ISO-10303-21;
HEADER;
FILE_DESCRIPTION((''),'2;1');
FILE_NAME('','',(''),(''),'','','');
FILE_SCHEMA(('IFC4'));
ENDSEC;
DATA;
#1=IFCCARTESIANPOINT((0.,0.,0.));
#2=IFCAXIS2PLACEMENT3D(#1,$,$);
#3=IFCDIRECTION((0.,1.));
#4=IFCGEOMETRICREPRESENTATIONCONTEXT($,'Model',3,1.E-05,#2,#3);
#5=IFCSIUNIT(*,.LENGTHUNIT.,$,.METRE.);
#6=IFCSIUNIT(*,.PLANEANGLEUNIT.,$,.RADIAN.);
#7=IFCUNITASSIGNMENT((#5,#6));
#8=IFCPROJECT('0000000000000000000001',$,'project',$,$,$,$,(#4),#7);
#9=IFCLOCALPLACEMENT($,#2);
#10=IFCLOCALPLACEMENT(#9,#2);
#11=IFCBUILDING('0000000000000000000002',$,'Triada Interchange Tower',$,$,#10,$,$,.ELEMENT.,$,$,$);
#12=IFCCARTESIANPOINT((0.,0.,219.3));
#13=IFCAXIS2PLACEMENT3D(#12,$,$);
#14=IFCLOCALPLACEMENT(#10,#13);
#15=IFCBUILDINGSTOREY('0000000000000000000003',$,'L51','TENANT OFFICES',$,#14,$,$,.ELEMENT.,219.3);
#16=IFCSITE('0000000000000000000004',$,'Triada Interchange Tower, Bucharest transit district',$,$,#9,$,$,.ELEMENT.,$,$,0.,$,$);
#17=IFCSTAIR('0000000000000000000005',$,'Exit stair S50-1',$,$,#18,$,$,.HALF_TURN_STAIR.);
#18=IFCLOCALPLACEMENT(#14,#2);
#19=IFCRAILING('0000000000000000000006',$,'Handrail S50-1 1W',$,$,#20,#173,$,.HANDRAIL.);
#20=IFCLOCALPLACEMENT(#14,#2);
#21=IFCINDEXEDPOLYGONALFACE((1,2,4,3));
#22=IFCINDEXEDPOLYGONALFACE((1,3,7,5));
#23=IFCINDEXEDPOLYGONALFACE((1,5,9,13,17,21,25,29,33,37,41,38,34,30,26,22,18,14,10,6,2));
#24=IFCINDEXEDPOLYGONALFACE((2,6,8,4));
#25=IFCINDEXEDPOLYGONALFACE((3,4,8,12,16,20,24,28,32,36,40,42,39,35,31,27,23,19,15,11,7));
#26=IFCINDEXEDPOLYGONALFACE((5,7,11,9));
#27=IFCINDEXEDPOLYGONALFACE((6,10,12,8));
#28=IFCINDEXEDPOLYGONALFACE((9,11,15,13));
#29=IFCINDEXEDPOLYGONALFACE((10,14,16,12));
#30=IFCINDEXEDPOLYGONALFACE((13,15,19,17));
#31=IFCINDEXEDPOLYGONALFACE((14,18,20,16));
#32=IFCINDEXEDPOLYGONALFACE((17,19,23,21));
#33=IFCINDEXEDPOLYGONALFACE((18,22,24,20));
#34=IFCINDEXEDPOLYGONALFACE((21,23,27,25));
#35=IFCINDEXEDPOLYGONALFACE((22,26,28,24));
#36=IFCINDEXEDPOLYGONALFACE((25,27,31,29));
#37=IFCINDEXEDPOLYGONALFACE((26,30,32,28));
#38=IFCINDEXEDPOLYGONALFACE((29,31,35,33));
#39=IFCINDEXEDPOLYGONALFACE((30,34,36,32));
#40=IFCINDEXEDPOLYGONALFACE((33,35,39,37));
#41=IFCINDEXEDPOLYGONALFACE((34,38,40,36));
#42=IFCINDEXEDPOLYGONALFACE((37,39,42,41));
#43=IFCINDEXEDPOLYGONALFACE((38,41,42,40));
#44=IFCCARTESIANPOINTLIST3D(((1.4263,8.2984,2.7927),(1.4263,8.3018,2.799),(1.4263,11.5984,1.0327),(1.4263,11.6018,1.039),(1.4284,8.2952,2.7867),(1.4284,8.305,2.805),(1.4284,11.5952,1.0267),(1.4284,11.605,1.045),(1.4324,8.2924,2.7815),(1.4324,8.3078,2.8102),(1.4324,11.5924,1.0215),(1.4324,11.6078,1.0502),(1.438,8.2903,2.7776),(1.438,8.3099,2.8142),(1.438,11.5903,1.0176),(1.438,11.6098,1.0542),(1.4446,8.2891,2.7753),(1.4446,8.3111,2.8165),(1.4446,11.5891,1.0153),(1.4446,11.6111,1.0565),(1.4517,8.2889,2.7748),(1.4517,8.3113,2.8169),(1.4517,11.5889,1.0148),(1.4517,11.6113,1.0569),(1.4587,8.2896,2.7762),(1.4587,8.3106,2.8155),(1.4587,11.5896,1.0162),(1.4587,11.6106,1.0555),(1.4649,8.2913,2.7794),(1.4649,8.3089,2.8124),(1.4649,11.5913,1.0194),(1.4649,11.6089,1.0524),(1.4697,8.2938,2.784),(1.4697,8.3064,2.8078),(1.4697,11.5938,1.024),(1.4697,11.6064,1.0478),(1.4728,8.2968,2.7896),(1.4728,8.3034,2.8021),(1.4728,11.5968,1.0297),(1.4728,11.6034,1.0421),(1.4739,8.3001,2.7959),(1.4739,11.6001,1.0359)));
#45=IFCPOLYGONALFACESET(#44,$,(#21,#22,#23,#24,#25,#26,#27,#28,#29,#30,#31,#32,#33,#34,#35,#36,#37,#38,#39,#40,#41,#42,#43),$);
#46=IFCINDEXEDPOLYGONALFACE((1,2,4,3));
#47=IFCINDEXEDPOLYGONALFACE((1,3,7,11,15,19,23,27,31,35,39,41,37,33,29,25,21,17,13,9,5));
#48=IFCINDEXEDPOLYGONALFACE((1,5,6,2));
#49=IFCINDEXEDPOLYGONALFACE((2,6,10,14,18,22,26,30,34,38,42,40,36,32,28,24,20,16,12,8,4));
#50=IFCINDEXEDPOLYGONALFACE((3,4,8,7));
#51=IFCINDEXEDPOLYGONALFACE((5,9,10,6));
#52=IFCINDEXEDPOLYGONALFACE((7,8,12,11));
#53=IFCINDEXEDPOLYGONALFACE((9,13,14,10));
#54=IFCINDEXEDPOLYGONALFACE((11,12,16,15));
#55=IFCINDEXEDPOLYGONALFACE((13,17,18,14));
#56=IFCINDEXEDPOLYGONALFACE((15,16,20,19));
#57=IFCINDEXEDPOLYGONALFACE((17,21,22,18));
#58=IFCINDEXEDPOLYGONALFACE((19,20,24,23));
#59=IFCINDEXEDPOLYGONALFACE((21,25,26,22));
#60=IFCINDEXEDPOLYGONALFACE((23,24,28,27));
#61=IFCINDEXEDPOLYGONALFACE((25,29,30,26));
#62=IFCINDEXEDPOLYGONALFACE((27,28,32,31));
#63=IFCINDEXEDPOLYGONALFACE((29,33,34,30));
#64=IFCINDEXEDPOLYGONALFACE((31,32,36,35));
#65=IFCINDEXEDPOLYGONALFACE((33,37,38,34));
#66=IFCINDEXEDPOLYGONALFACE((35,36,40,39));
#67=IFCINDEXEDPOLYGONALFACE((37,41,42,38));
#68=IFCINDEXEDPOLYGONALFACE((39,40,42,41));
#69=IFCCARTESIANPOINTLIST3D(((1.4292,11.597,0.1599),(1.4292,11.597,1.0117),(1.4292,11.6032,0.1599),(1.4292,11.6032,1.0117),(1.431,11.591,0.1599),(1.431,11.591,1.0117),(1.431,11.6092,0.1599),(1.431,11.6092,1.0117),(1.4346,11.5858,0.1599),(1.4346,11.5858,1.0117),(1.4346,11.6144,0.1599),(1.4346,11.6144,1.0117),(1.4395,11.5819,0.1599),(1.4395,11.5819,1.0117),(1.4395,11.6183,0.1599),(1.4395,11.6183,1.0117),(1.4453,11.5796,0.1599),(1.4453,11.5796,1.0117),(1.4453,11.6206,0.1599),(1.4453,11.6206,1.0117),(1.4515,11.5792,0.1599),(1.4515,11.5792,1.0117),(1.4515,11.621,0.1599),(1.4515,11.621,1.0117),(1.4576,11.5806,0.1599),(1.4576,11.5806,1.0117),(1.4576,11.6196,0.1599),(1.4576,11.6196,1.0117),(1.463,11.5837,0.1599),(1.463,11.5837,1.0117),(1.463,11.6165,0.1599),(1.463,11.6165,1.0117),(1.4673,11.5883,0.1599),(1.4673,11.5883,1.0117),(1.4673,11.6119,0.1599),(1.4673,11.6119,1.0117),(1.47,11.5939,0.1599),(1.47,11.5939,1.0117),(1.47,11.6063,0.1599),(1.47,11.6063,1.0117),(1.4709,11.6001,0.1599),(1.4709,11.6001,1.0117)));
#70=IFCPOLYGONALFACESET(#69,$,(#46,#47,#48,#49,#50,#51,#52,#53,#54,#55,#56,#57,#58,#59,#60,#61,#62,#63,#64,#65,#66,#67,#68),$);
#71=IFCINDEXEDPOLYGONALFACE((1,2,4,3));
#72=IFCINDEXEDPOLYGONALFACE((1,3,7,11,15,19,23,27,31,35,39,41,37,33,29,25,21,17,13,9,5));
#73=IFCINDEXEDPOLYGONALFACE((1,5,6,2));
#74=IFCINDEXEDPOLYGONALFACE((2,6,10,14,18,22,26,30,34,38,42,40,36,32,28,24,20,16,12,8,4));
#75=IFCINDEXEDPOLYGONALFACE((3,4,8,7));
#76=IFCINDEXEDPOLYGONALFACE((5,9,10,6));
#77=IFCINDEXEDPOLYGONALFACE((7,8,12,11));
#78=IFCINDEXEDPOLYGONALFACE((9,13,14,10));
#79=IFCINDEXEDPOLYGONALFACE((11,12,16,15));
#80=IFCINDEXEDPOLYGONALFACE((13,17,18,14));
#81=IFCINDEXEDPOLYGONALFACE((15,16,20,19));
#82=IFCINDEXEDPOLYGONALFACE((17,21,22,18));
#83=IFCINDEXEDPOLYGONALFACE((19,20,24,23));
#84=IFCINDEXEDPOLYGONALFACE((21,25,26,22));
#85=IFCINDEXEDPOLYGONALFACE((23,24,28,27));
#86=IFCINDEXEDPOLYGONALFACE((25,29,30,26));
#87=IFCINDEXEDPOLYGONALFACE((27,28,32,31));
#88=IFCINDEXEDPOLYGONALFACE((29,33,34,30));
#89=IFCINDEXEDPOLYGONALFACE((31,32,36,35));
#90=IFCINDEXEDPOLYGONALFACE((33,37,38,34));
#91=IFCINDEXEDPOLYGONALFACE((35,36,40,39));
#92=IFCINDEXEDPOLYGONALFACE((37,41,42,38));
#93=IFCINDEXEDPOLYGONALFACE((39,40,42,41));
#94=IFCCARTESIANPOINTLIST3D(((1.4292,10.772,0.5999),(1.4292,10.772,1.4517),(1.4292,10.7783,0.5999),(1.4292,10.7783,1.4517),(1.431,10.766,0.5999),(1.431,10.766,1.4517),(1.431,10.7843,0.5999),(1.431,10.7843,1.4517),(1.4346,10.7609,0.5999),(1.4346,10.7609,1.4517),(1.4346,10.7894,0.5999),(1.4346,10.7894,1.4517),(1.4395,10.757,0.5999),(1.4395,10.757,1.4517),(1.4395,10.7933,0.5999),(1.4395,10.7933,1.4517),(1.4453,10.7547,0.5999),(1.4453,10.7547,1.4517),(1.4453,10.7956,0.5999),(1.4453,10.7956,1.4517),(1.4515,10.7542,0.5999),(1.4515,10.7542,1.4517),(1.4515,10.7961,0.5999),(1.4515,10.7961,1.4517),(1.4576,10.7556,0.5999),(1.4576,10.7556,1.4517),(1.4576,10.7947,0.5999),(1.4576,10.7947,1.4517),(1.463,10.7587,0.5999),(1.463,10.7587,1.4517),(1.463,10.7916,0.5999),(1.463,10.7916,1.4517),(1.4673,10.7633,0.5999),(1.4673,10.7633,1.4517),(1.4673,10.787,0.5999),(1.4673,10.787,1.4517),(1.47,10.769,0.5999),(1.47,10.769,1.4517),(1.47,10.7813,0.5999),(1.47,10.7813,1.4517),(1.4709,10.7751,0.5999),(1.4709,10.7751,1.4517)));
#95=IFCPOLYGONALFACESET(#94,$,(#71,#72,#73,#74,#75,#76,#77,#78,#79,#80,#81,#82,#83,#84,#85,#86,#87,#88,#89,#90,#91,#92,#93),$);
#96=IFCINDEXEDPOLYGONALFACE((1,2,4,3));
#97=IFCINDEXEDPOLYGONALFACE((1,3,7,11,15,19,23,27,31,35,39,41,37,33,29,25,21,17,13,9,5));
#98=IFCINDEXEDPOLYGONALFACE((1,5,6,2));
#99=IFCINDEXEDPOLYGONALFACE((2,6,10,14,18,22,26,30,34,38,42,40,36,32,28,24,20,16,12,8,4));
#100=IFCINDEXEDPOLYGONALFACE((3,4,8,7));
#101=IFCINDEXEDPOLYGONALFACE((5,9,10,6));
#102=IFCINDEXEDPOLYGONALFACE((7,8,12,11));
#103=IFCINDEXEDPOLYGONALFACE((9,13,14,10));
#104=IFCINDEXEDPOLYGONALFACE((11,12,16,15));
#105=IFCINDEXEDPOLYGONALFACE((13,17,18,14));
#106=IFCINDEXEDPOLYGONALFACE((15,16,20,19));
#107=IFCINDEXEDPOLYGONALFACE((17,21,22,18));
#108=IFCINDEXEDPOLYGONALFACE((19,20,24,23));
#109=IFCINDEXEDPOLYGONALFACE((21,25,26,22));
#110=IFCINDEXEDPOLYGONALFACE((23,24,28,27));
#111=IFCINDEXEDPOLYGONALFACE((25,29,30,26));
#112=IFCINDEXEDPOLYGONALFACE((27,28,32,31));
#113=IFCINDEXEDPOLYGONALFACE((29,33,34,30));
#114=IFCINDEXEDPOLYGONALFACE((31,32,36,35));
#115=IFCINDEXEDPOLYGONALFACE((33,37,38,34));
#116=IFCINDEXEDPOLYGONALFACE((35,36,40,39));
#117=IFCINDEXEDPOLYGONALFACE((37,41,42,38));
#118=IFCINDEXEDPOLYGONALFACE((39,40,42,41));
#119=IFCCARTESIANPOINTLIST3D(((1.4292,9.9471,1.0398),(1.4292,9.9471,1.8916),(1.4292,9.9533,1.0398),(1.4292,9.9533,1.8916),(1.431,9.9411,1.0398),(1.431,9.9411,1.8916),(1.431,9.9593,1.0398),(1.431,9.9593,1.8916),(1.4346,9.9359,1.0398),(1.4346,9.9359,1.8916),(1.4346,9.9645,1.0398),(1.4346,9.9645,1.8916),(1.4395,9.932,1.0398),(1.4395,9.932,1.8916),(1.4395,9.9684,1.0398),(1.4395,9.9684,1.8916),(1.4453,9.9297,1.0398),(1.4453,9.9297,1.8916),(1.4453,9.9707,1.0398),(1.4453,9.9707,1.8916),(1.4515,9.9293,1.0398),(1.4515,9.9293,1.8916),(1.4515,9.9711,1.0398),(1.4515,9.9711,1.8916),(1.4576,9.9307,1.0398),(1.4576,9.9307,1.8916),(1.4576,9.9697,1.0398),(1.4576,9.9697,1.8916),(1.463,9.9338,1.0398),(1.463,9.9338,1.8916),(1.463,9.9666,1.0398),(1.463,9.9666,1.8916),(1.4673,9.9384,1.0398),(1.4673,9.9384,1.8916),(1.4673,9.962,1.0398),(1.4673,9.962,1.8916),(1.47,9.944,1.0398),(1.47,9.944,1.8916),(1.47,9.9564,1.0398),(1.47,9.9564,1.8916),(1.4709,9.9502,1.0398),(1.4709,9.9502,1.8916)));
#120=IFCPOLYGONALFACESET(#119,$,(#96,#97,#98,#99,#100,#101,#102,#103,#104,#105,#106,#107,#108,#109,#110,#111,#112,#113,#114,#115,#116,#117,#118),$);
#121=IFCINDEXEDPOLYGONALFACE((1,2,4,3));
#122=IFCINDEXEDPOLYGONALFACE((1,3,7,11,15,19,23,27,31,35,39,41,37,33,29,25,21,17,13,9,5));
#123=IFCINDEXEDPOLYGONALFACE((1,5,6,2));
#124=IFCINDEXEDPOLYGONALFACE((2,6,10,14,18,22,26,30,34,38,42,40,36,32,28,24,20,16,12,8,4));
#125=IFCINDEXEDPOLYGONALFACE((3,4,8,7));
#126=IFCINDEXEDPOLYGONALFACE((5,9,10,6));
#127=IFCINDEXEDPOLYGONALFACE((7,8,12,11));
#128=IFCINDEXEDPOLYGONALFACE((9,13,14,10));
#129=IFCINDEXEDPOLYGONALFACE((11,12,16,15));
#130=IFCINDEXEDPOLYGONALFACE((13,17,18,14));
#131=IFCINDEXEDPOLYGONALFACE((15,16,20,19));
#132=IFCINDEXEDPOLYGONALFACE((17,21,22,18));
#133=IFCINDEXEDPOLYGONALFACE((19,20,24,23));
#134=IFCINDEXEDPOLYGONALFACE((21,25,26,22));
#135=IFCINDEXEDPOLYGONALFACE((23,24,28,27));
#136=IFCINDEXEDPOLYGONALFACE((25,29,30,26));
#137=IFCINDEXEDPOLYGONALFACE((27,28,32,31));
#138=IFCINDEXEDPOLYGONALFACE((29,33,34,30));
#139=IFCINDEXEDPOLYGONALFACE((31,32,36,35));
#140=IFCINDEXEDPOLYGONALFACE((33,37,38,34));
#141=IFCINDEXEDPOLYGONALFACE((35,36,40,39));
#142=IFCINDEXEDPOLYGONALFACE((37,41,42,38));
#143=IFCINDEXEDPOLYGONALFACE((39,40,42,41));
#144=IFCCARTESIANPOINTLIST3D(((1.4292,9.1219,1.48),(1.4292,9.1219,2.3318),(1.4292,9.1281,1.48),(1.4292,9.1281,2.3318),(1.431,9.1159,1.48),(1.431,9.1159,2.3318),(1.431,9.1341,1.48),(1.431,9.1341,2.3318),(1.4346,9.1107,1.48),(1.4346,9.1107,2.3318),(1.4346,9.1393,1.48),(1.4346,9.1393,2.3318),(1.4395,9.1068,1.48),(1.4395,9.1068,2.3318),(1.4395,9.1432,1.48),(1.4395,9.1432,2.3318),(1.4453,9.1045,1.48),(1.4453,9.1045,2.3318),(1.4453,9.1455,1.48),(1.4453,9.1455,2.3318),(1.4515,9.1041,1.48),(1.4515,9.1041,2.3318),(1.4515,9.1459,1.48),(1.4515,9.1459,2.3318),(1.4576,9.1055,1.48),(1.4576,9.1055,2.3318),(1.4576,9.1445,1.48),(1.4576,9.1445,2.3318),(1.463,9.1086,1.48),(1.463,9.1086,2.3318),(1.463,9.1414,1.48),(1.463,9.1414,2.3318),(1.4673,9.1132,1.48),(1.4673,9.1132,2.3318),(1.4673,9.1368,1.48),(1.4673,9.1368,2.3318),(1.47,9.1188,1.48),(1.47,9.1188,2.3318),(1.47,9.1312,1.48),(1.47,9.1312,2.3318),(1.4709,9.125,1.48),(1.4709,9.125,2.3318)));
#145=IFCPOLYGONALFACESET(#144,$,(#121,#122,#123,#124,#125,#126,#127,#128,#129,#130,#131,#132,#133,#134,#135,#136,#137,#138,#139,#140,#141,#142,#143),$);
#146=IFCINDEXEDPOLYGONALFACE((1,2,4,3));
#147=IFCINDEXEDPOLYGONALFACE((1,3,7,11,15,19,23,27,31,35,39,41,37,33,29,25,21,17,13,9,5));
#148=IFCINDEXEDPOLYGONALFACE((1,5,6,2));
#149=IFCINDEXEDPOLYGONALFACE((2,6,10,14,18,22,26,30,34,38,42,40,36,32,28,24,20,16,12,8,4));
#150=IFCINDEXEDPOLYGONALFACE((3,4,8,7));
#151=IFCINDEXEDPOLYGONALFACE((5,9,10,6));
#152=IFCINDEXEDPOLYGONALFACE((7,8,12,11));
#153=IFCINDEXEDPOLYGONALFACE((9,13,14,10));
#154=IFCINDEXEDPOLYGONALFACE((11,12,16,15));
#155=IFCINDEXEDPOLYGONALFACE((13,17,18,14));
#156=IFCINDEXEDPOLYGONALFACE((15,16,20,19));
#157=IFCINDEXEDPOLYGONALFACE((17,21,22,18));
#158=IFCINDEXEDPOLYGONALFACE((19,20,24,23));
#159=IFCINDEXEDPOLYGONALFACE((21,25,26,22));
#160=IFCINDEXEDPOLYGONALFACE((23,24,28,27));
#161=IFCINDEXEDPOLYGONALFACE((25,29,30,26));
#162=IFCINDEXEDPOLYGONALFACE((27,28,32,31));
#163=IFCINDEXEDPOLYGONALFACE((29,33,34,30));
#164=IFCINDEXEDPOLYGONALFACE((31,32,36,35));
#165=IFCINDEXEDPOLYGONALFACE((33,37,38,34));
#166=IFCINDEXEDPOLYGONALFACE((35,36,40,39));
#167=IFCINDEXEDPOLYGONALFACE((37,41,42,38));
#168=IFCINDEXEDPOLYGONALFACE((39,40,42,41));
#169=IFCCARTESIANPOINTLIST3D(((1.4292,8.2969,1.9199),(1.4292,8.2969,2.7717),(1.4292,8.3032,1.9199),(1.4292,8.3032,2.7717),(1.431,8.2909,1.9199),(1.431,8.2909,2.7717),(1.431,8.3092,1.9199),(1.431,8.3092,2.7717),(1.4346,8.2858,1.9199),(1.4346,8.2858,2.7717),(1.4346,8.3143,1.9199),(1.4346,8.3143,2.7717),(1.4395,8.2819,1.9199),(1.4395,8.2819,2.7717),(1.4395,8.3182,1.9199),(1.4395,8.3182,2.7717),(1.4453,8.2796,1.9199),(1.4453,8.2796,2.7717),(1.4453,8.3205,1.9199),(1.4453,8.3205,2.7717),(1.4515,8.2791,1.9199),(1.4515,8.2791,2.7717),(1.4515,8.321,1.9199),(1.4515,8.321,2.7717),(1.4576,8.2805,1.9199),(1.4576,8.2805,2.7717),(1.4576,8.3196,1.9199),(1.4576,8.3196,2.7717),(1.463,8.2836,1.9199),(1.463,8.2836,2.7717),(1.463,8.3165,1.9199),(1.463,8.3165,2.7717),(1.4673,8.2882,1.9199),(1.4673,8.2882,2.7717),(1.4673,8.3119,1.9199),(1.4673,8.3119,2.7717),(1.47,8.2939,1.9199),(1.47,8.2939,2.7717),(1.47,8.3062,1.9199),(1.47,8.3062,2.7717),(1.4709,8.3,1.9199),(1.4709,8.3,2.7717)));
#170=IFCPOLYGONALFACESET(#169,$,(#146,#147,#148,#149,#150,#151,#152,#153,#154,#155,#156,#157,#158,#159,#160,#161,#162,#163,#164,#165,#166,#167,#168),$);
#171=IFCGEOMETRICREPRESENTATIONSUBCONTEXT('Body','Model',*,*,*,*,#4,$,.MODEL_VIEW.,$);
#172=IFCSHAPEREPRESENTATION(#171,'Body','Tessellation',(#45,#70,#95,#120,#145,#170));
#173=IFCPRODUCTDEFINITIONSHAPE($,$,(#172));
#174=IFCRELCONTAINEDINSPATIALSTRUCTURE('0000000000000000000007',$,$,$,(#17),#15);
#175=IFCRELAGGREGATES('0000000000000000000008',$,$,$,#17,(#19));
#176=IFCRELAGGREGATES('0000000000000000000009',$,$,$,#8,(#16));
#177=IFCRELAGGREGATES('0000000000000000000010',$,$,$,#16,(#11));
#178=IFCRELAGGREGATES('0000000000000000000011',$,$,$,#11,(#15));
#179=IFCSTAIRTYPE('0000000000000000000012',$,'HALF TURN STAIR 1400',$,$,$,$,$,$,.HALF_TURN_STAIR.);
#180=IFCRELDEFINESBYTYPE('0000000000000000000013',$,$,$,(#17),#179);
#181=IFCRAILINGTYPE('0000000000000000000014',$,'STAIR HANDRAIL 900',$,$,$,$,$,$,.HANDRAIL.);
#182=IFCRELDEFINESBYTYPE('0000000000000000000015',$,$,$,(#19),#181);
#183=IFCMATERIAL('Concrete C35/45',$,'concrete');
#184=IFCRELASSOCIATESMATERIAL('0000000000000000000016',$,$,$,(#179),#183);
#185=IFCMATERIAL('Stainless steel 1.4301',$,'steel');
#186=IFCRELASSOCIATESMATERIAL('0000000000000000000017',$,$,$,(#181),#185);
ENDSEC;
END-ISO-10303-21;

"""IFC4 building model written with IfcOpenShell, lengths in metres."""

from ifc_helpers import new_model, si_unit, direction, frame, origin, origin_2d, place, context, subcontext, project, spatial, circle, extrude, material, type_object, element, aggregate, save


model = new_model("IFC4")

# Units and contexts
model_context = context("Model", 3, precision=1e-05, world=origin(), true_north=direction((0.0, 1.0)))
body_context = subcontext(model_context, "Body", "Model", "MODEL_VIEW")
ifc_project = project(units=[si_unit("LENGTHUNIT", "METRE"), si_unit("PLANEANGLEUNIT", "RADIAN")], contexts=[model_context])

# Site, building, storey
site_placement = place(None, origin())
site = spatial("IfcSite", under=ifc_project, at=site_placement, Name="Triada Interchange Tower, Bucharest transit district", CompositionType="ELEMENT", RefElevation=0.0)
building_placement = place(site_placement, origin())
building = spatial("IfcBuilding", under=site, at=building_placement, Name="Triada Interchange Tower", CompositionType="ELEMENT")
storey_placement = place(building_placement, frame((0.0, 0.0, 219.3)))
storey = spatial("IfcBuildingStorey", under=building, at=storey_placement, Name="L51", Description="TENANT OFFICES", CompositionType="ELEMENT", Elevation=219.3)

# Stair
ifc_material_1 = material(Name="Concrete C35/45", Category="concrete")
stair_type = type_object("IfcStairType", Name="HALF TURN STAIR 1400", PredefinedType="HALF_TURN_STAIR", material=ifc_material_1)
stair_placement = place(storey_placement, origin())
stair = element("IfcStair", 1, at=stair_placement, inside=storey, type_object=stair_type, Name="Exit stair S50-1", PredefinedType="HALF_TURN_STAIR")

# Railing
ifc_material_2 = material(Name="Stainless steel 1.4301", Category="steel")
railing_type = type_object("IfcRailingType", Name="STAIR HANDRAIL 900", PredefinedType="HANDRAIL", material=ifc_material_2)
railing_1_placement = place(storey_placement, frame((1.45, 11.6001, 0.1599)))
railing_1 = element("IfcRailing", 2, at=railing_1_placement, type_object=railing_type, Name="Handrail S50-1 1W", PredefinedType="HANDRAIL", context=body_context, shape_type="SweptSolid", body=[
    extrude(circle(Radius=0.0239, at=origin_2d()), frame((0.0, 0.0, 0.876), z_axis=(0.0, -0.882355, 0.470585), x_axis=(1.0, 0.0, 0.0)), (0.0, 0.0, 1.0), 3.74),
    extrude(circle(Radius=0.021, at=origin_2d()), origin(), (0.0, 0.0, 1.0), 0.8518),
    extrude(circle(Radius=0.021, at=origin_2d()), frame((0.0, -0.825, 0.4399)), (0.0, 0.0, 1.0), 0.8518),
    extrude(circle(Radius=0.021, at=origin_2d()), frame((0.0, -1.6499, 0.8799)), (0.0, 0.0, 1.0), 0.8518),
    extrude(circle(Radius=0.021, at=origin_2d()), frame((0.0, -2.4751, 1.3201)), (0.0, 0.0, 1.0), 0.8518),
    extrude(circle(Radius=0.021, at=origin_2d()), frame((0.0, -3.3, 1.76)), (0.0, 0.0, 1.0), 0.8518),
])
aggregate(stair, [railing_1])

save(model, "model.ifc")
